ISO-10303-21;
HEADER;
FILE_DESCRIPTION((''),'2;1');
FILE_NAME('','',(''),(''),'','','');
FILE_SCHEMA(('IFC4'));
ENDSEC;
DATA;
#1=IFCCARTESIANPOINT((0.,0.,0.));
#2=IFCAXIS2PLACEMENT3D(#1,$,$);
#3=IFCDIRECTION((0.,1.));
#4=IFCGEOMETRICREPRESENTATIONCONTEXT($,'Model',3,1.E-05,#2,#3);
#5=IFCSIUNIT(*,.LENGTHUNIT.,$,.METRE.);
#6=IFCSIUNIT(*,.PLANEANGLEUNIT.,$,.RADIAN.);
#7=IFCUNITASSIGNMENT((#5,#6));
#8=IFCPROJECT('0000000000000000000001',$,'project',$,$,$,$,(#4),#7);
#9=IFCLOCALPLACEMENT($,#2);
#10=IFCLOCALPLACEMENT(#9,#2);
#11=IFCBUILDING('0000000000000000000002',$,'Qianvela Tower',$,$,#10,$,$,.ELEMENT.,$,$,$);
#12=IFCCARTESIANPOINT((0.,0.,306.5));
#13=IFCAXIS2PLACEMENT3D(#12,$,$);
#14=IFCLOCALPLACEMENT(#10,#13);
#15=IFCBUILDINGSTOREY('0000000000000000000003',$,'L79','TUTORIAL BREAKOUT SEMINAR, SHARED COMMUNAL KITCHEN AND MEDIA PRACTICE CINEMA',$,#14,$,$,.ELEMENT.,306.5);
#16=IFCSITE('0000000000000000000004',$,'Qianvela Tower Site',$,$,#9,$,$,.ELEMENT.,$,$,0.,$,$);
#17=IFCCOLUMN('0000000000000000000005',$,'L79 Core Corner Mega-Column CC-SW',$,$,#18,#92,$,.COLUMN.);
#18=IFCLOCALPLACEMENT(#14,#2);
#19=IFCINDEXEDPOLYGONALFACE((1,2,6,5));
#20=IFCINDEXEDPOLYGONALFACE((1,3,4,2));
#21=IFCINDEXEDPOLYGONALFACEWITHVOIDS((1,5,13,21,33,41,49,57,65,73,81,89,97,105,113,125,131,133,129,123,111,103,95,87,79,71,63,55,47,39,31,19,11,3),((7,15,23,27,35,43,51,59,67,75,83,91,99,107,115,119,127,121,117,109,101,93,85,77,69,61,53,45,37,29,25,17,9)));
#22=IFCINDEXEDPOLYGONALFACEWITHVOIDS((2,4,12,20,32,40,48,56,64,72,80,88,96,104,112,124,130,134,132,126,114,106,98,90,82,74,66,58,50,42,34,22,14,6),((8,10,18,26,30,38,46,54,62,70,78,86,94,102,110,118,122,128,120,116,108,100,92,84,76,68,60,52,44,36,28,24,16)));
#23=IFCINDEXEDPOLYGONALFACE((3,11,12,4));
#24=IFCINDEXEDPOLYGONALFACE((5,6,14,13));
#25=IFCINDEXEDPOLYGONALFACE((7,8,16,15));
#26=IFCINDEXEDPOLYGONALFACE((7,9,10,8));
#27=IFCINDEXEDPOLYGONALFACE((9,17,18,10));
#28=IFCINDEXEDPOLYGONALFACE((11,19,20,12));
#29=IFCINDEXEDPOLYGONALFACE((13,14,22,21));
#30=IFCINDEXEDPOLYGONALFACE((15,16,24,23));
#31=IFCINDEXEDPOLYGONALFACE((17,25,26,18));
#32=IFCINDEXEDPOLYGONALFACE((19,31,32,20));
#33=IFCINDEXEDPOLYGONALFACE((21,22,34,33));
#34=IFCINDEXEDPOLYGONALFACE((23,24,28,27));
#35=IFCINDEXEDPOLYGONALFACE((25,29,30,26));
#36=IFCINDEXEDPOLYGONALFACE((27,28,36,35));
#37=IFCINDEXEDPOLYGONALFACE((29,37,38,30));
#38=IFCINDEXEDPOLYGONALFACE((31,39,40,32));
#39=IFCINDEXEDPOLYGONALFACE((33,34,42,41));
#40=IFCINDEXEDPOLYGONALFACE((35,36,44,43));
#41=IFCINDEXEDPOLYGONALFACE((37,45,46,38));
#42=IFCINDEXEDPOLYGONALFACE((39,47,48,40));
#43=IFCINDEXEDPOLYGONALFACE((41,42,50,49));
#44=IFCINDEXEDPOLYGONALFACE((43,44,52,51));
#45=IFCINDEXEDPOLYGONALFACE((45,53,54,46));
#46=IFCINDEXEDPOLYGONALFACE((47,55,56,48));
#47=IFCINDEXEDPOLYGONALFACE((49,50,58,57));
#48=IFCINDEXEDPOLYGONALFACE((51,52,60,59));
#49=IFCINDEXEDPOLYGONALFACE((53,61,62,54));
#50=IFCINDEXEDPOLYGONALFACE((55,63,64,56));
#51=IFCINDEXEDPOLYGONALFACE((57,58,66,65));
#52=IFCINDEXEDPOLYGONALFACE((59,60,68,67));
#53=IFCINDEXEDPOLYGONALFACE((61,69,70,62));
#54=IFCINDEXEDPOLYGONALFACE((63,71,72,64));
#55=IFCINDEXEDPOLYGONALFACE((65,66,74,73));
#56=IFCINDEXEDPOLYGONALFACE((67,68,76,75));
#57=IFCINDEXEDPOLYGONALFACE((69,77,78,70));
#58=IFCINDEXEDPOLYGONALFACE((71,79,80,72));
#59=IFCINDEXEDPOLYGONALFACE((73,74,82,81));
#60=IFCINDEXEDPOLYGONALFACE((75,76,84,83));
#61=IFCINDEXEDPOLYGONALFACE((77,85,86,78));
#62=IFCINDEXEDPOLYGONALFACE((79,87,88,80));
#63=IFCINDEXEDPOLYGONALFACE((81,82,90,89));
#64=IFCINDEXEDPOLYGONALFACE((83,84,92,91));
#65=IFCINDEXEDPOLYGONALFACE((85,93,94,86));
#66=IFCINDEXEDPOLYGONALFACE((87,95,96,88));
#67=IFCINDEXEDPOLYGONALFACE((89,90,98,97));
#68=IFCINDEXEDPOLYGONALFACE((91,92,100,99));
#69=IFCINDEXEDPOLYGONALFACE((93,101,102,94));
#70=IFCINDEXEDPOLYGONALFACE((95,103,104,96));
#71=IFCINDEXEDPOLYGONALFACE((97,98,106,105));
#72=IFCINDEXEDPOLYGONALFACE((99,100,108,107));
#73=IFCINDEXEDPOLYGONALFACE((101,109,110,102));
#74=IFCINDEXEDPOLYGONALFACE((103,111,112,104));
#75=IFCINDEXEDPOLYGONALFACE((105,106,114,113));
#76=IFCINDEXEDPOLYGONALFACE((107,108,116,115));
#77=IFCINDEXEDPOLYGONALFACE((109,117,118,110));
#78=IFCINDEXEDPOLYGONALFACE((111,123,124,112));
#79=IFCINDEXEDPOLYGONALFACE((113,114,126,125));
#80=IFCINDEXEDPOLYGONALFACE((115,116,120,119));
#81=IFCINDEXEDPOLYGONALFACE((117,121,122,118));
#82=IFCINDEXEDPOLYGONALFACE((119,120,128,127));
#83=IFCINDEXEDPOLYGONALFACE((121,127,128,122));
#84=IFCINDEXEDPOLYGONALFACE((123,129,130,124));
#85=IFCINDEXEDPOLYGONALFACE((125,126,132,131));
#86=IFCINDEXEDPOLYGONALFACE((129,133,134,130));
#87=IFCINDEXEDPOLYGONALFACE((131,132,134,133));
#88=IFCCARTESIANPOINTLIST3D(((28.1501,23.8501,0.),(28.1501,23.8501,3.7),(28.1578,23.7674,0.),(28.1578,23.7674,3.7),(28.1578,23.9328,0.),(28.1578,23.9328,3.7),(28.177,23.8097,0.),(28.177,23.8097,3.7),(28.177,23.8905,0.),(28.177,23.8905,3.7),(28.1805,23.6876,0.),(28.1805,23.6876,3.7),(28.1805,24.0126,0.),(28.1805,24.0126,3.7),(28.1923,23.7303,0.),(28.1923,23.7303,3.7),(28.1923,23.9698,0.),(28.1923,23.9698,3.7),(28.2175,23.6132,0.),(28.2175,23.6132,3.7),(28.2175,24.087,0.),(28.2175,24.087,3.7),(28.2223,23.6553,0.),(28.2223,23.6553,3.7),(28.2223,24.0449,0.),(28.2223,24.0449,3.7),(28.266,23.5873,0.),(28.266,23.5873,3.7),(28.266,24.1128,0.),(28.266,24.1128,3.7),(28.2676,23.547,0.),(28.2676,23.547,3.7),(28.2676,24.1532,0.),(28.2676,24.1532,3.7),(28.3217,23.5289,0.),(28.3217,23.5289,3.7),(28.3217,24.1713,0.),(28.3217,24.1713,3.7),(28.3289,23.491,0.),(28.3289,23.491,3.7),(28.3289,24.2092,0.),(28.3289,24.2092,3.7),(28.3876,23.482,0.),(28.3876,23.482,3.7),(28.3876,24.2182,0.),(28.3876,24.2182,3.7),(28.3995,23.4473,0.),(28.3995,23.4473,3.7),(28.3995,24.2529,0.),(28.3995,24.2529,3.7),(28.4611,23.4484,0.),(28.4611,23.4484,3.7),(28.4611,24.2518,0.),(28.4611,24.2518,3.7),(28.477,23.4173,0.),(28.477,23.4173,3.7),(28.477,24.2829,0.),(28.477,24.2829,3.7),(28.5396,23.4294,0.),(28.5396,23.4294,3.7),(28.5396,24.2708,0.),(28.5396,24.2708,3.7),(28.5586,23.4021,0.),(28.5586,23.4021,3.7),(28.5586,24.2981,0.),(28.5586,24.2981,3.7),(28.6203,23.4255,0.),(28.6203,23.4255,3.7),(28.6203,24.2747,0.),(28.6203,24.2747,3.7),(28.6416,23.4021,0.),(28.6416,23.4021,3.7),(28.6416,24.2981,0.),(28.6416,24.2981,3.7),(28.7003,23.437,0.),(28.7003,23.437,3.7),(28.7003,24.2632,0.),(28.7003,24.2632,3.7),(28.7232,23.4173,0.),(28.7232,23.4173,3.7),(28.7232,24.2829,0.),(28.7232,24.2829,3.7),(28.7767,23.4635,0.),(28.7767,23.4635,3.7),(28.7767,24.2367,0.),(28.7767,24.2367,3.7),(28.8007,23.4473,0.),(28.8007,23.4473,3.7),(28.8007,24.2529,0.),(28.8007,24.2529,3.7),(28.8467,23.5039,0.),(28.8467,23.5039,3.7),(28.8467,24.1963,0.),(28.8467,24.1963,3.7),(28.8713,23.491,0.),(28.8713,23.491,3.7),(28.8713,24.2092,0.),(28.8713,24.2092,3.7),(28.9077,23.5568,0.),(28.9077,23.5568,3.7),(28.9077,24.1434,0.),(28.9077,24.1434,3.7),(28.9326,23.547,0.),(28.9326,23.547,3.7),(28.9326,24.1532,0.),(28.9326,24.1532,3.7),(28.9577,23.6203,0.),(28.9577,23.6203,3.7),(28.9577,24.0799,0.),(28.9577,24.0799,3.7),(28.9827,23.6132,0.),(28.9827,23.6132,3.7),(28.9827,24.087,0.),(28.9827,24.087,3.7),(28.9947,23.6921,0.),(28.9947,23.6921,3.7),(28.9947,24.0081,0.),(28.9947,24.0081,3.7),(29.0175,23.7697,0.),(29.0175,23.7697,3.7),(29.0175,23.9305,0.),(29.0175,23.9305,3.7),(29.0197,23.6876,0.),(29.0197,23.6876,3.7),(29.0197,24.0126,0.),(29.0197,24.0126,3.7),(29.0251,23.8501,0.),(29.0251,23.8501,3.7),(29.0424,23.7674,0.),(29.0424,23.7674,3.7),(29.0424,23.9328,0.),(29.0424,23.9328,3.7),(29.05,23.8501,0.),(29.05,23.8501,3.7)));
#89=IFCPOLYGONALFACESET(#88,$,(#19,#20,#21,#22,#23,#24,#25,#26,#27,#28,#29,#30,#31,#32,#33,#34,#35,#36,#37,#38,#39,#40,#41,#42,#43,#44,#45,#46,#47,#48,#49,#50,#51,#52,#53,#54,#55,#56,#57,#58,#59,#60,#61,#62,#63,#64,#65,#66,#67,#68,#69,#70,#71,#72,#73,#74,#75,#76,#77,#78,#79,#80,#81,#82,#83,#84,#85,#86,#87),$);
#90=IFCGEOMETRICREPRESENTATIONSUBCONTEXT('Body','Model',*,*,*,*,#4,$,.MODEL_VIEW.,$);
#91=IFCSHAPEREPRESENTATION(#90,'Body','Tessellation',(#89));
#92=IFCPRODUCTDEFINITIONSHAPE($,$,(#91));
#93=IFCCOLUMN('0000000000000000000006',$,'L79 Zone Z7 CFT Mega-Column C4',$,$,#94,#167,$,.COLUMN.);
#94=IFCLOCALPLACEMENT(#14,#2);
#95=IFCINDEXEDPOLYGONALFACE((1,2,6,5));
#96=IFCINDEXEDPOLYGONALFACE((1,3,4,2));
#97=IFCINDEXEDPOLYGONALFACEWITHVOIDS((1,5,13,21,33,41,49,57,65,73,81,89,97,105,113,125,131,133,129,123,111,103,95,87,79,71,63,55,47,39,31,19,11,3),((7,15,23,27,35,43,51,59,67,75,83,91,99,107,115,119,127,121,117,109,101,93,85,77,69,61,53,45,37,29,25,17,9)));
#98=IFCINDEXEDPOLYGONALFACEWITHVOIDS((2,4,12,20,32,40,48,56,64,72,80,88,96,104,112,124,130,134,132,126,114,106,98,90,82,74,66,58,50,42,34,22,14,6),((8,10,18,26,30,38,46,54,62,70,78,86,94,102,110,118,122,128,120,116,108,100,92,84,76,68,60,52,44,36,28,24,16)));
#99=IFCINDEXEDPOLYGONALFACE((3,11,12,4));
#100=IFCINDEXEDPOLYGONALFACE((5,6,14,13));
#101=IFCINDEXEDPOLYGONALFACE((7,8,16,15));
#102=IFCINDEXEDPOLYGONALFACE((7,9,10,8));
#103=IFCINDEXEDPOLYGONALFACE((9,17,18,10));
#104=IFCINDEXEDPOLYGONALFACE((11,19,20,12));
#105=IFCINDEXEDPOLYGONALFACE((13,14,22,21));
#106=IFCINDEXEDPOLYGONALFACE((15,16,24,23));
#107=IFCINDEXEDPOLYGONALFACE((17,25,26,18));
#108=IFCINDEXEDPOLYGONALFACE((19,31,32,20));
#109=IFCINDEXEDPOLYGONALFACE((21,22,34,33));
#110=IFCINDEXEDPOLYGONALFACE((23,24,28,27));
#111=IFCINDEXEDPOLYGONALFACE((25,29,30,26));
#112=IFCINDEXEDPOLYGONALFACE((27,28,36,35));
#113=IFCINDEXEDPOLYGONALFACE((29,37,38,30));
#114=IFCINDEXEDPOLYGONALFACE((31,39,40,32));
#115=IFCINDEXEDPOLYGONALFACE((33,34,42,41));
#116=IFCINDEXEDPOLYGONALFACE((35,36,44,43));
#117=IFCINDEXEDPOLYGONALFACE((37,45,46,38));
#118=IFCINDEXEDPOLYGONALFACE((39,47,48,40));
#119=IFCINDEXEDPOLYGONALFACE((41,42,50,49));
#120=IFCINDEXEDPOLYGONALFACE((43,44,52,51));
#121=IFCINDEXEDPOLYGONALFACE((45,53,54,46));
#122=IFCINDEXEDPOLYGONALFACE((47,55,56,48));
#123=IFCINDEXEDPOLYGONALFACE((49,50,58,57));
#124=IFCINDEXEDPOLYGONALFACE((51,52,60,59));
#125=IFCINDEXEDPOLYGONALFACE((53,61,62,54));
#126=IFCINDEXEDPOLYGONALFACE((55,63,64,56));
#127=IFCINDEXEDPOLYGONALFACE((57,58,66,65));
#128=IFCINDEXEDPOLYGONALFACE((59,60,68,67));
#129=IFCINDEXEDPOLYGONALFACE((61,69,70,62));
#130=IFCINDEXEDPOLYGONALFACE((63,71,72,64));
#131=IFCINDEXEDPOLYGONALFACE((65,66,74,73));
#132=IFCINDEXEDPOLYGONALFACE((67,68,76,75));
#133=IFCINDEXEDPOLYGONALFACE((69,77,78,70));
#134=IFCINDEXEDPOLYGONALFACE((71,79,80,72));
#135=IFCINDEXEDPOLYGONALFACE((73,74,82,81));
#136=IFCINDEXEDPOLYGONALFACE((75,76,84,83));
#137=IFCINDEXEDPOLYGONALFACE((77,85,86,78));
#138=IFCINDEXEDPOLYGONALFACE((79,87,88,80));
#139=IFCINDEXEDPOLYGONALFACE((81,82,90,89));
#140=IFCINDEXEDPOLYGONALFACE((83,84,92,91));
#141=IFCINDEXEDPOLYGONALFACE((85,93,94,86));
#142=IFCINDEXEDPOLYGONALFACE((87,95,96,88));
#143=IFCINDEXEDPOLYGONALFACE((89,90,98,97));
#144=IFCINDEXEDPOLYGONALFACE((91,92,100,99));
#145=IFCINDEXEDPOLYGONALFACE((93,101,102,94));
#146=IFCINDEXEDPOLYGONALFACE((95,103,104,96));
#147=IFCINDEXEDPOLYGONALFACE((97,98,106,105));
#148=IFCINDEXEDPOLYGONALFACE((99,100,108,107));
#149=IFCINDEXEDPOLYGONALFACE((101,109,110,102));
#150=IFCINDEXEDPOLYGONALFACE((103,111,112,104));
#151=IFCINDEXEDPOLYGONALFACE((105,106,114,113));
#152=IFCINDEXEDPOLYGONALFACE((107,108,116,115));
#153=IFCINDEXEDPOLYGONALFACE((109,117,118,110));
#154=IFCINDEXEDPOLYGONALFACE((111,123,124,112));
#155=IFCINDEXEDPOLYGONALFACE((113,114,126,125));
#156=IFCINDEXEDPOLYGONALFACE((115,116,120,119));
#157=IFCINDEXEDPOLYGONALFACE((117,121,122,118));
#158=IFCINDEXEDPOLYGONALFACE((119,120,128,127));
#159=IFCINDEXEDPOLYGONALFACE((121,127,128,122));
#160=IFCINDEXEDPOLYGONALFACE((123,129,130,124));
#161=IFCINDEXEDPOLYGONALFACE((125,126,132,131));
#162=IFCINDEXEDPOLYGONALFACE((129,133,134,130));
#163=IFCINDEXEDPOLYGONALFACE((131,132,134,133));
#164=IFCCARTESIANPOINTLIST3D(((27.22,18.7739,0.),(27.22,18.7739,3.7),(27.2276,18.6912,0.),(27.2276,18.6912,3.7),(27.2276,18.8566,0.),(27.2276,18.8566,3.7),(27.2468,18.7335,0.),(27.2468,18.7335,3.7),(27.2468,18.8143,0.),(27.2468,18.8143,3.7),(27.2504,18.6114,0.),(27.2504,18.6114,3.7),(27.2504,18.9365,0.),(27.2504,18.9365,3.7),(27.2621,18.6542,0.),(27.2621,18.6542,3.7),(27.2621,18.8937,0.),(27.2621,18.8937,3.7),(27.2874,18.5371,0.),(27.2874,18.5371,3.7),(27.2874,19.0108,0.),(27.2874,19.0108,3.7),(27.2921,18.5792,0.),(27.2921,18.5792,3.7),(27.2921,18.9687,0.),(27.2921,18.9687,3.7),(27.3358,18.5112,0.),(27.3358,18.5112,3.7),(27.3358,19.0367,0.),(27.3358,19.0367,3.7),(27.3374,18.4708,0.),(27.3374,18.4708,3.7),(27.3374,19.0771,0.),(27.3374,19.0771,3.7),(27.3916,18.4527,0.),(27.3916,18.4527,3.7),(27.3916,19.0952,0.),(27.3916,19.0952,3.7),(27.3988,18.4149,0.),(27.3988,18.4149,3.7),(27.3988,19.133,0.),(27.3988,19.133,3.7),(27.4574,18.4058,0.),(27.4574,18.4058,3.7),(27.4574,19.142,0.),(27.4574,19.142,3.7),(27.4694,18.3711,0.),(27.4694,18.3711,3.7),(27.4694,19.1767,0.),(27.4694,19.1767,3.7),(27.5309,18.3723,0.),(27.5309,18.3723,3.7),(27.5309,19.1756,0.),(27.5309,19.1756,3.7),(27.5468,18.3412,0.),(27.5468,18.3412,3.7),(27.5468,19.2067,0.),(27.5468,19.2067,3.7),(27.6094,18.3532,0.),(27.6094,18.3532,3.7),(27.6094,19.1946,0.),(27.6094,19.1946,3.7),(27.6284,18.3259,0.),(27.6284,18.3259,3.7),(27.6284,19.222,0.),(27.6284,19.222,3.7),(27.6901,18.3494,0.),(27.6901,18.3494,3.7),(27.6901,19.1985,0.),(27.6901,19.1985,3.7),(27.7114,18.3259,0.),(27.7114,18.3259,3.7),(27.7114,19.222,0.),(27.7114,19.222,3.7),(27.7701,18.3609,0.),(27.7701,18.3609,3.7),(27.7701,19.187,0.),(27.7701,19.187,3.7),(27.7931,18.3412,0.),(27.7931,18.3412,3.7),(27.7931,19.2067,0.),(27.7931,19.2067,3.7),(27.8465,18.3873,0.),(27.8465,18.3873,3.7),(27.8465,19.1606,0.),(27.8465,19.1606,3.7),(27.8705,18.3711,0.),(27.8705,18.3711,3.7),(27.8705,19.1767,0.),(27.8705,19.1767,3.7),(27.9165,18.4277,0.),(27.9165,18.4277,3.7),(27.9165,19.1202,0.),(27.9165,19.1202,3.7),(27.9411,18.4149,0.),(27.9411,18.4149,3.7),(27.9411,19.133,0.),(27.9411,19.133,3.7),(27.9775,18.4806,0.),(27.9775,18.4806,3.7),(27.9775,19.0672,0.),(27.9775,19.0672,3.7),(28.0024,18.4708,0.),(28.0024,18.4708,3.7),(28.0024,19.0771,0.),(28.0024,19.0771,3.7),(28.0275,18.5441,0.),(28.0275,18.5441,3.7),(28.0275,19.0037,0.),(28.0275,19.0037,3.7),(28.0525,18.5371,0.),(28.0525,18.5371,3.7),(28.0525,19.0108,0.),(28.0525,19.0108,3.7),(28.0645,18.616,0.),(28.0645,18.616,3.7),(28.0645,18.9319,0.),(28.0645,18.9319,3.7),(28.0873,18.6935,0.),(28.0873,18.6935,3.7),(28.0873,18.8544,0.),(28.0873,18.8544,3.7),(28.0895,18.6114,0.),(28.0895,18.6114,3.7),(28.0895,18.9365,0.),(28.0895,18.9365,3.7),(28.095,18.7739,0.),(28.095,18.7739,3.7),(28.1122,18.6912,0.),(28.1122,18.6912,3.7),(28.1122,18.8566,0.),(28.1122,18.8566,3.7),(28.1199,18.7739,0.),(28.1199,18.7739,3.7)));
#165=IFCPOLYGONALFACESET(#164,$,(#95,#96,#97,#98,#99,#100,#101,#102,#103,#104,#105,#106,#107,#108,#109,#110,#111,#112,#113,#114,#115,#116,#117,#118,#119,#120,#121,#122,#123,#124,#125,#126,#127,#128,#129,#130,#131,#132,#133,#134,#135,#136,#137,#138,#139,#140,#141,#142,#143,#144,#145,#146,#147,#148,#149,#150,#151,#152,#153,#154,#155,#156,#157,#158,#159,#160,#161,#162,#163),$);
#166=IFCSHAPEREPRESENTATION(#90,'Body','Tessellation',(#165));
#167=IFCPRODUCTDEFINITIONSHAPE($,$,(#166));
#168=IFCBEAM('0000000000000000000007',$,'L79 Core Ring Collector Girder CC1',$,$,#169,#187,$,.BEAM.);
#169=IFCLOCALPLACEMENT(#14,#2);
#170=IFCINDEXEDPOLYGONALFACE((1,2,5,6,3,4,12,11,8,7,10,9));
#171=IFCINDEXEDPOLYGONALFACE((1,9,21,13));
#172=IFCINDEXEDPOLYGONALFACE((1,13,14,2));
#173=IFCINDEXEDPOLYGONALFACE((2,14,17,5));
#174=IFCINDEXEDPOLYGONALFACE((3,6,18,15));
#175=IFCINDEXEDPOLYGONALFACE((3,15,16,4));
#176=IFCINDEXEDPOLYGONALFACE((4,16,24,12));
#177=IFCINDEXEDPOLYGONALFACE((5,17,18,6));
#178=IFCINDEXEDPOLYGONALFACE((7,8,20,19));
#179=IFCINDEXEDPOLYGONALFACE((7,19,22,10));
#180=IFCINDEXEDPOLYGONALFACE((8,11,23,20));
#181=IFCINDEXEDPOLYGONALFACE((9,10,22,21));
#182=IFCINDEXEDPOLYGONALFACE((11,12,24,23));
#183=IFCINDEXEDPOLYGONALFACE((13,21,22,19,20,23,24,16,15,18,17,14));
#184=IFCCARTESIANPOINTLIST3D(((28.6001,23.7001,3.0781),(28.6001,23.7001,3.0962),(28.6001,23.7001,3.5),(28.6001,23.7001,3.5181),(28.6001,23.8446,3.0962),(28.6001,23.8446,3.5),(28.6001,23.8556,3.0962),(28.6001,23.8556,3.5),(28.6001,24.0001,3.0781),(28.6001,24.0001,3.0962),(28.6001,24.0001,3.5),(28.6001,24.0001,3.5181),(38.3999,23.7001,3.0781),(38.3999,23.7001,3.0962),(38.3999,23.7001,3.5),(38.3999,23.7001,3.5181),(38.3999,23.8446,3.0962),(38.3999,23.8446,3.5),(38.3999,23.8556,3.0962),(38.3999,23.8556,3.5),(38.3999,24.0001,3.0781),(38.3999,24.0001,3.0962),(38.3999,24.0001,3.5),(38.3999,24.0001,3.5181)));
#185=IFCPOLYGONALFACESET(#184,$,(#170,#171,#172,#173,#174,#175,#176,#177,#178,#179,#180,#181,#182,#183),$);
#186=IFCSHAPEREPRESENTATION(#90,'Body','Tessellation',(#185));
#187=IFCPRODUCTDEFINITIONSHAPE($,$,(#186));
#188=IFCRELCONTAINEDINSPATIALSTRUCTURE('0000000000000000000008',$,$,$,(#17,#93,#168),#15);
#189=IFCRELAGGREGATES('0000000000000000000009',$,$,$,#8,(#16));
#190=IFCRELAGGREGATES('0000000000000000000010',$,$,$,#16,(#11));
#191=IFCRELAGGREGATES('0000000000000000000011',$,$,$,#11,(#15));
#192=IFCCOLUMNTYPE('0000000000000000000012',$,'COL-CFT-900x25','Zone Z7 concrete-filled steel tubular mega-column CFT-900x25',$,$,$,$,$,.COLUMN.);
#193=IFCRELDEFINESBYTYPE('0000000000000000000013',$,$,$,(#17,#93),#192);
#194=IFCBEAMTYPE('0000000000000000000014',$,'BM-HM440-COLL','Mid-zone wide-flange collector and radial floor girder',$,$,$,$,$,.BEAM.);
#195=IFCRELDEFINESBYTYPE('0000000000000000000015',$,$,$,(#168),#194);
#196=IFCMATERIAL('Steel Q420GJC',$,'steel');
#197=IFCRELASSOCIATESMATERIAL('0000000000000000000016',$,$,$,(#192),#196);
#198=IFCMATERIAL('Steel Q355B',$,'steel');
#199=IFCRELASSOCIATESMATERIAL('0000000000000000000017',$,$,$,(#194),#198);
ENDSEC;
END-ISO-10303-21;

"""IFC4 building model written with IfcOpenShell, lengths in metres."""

from ifc_helpers import new_model, si_unit, direction, frame, origin, origin_2d, place, context, subcontext, project, spatial, hollow_circle, i_section, extrude, material, material_profile, profile_set, type_object, element, save


model = new_model("IFC4")

# Units and contexts
model_context = context("Model", 3, precision=1e-05, world=origin(), true_north=direction((0.0, 1.0)))
body_context = subcontext(model_context, "Body", "Model", "MODEL_VIEW")
ifc_project = project(units=[si_unit("LENGTHUNIT", "METRE"), si_unit("PLANEANGLEUNIT", "RADIAN")], contexts=[model_context])

# Site, building, storey
site_placement = place(None, origin())
site = spatial("IfcSite", under=ifc_project, at=site_placement, Name="Qianvela Tower Site", CompositionType="ELEMENT", RefElevation=0.0)
building_placement = place(site_placement, origin())
building = spatial("IfcBuilding", under=site, at=building_placement, Name="Qianvela Tower", CompositionType="ELEMENT")
storey_placement = place(building_placement, frame((0.0, 0.0, 306.5)))
storey = spatial("IfcBuildingStorey", under=building, at=storey_placement, Name="L79", Description="TUTORIAL BREAKOUT SEMINAR, SHARED COMMUNAL KITCHEN AND MEDIA PRACTICE CINEMA", CompositionType="ELEMENT", Elevation=306.5)

# Columns
ifc_material_1 = material(Name="Steel Q420GJC", Category="steel")
ifc_material_profile_1 = material_profile(ifc_material_1, hollow_circle(Radius=0.45, WallThickness=0.0249, at=origin_2d()), Name="CFT-900x25")
ifc_profile_set_1 = profile_set([ifc_material_profile_1], Name="Steel Q420GJC")
column_type = type_object("IfcColumnType", Name="COL-CFT-900x25", Description="Zone Z7 concrete-filled steel tubular mega-column CFT-900x25", PredefinedType="COLUMN", material=ifc_profile_set_1)
for number, where, z_axis, x_axis, name in (
    (1, (28.6001, 23.8501, 0.0), (0.0, 0.0, 1.0), (1.0, 0.0, 0.0), "L79 Core Corner Mega-Column CC-SW"),
    (2, (27.6699, 18.7739, 0.0), (0.0, 0.0, 1.0), (1.0, 0.0, 0.0), "L79 Zone Z7 CFT Mega-Column C4"),
):
    element("IfcColumn", number, at=place(storey_placement, frame(where, z_axis=z_axis, x_axis=x_axis)), inside=storey, type_object=column_type, Name=name, PredefinedType="COLUMN", context=body_context, shape_type="SweptSolid", body=[
        extrude(hollow_circle(Radius=0.45, WallThickness=0.0249, at=origin_2d()), origin(), (0.0, 0.0, 1.0), 3.7),
    ])

# Beam
ifc_material_2 = material(Name="Steel Q355B", Category="steel")
ifc_material_profile_2 = material_profile(ifc_material_2, i_section(OverallWidth=0.3, OverallDepth=0.4399, WebThickness=0.011, FlangeThickness=0.0181, at=origin_2d()), Name="HM440x300x11x18")
ifc_profile_set_2 = profile_set([ifc_material_profile_2], Name="Steel Q355B")
beam_type_1 = type_object("IfcBeamType", Name="BM-HM440-COLL", Description="Mid-zone wide-flange collector and radial floor girder", PredefinedType="BEAM", material=ifc_profile_set_2)
beam_1_placement = place(storey_placement, frame((28.6001, 23.8501, 3.2981), z_axis=(1.0, 0.0, 0.0), x_axis=(0.0, 1.0, 0.0)))
element("IfcBeam", 3, at=beam_1_placement, inside=storey, type_object=beam_type_1, Name="L79 Core Ring Collector Girder CC1", PredefinedType="BEAM", context=body_context, shape_type="SweptSolid", body=[
    extrude(i_section(OverallWidth=0.3, OverallDepth=0.4399, WebThickness=0.011, FlangeThickness=0.0181, at=origin_2d()), origin(), (0.0, 0.0, 1.0), 9.7998),
])

save(model, "model.ifc")
